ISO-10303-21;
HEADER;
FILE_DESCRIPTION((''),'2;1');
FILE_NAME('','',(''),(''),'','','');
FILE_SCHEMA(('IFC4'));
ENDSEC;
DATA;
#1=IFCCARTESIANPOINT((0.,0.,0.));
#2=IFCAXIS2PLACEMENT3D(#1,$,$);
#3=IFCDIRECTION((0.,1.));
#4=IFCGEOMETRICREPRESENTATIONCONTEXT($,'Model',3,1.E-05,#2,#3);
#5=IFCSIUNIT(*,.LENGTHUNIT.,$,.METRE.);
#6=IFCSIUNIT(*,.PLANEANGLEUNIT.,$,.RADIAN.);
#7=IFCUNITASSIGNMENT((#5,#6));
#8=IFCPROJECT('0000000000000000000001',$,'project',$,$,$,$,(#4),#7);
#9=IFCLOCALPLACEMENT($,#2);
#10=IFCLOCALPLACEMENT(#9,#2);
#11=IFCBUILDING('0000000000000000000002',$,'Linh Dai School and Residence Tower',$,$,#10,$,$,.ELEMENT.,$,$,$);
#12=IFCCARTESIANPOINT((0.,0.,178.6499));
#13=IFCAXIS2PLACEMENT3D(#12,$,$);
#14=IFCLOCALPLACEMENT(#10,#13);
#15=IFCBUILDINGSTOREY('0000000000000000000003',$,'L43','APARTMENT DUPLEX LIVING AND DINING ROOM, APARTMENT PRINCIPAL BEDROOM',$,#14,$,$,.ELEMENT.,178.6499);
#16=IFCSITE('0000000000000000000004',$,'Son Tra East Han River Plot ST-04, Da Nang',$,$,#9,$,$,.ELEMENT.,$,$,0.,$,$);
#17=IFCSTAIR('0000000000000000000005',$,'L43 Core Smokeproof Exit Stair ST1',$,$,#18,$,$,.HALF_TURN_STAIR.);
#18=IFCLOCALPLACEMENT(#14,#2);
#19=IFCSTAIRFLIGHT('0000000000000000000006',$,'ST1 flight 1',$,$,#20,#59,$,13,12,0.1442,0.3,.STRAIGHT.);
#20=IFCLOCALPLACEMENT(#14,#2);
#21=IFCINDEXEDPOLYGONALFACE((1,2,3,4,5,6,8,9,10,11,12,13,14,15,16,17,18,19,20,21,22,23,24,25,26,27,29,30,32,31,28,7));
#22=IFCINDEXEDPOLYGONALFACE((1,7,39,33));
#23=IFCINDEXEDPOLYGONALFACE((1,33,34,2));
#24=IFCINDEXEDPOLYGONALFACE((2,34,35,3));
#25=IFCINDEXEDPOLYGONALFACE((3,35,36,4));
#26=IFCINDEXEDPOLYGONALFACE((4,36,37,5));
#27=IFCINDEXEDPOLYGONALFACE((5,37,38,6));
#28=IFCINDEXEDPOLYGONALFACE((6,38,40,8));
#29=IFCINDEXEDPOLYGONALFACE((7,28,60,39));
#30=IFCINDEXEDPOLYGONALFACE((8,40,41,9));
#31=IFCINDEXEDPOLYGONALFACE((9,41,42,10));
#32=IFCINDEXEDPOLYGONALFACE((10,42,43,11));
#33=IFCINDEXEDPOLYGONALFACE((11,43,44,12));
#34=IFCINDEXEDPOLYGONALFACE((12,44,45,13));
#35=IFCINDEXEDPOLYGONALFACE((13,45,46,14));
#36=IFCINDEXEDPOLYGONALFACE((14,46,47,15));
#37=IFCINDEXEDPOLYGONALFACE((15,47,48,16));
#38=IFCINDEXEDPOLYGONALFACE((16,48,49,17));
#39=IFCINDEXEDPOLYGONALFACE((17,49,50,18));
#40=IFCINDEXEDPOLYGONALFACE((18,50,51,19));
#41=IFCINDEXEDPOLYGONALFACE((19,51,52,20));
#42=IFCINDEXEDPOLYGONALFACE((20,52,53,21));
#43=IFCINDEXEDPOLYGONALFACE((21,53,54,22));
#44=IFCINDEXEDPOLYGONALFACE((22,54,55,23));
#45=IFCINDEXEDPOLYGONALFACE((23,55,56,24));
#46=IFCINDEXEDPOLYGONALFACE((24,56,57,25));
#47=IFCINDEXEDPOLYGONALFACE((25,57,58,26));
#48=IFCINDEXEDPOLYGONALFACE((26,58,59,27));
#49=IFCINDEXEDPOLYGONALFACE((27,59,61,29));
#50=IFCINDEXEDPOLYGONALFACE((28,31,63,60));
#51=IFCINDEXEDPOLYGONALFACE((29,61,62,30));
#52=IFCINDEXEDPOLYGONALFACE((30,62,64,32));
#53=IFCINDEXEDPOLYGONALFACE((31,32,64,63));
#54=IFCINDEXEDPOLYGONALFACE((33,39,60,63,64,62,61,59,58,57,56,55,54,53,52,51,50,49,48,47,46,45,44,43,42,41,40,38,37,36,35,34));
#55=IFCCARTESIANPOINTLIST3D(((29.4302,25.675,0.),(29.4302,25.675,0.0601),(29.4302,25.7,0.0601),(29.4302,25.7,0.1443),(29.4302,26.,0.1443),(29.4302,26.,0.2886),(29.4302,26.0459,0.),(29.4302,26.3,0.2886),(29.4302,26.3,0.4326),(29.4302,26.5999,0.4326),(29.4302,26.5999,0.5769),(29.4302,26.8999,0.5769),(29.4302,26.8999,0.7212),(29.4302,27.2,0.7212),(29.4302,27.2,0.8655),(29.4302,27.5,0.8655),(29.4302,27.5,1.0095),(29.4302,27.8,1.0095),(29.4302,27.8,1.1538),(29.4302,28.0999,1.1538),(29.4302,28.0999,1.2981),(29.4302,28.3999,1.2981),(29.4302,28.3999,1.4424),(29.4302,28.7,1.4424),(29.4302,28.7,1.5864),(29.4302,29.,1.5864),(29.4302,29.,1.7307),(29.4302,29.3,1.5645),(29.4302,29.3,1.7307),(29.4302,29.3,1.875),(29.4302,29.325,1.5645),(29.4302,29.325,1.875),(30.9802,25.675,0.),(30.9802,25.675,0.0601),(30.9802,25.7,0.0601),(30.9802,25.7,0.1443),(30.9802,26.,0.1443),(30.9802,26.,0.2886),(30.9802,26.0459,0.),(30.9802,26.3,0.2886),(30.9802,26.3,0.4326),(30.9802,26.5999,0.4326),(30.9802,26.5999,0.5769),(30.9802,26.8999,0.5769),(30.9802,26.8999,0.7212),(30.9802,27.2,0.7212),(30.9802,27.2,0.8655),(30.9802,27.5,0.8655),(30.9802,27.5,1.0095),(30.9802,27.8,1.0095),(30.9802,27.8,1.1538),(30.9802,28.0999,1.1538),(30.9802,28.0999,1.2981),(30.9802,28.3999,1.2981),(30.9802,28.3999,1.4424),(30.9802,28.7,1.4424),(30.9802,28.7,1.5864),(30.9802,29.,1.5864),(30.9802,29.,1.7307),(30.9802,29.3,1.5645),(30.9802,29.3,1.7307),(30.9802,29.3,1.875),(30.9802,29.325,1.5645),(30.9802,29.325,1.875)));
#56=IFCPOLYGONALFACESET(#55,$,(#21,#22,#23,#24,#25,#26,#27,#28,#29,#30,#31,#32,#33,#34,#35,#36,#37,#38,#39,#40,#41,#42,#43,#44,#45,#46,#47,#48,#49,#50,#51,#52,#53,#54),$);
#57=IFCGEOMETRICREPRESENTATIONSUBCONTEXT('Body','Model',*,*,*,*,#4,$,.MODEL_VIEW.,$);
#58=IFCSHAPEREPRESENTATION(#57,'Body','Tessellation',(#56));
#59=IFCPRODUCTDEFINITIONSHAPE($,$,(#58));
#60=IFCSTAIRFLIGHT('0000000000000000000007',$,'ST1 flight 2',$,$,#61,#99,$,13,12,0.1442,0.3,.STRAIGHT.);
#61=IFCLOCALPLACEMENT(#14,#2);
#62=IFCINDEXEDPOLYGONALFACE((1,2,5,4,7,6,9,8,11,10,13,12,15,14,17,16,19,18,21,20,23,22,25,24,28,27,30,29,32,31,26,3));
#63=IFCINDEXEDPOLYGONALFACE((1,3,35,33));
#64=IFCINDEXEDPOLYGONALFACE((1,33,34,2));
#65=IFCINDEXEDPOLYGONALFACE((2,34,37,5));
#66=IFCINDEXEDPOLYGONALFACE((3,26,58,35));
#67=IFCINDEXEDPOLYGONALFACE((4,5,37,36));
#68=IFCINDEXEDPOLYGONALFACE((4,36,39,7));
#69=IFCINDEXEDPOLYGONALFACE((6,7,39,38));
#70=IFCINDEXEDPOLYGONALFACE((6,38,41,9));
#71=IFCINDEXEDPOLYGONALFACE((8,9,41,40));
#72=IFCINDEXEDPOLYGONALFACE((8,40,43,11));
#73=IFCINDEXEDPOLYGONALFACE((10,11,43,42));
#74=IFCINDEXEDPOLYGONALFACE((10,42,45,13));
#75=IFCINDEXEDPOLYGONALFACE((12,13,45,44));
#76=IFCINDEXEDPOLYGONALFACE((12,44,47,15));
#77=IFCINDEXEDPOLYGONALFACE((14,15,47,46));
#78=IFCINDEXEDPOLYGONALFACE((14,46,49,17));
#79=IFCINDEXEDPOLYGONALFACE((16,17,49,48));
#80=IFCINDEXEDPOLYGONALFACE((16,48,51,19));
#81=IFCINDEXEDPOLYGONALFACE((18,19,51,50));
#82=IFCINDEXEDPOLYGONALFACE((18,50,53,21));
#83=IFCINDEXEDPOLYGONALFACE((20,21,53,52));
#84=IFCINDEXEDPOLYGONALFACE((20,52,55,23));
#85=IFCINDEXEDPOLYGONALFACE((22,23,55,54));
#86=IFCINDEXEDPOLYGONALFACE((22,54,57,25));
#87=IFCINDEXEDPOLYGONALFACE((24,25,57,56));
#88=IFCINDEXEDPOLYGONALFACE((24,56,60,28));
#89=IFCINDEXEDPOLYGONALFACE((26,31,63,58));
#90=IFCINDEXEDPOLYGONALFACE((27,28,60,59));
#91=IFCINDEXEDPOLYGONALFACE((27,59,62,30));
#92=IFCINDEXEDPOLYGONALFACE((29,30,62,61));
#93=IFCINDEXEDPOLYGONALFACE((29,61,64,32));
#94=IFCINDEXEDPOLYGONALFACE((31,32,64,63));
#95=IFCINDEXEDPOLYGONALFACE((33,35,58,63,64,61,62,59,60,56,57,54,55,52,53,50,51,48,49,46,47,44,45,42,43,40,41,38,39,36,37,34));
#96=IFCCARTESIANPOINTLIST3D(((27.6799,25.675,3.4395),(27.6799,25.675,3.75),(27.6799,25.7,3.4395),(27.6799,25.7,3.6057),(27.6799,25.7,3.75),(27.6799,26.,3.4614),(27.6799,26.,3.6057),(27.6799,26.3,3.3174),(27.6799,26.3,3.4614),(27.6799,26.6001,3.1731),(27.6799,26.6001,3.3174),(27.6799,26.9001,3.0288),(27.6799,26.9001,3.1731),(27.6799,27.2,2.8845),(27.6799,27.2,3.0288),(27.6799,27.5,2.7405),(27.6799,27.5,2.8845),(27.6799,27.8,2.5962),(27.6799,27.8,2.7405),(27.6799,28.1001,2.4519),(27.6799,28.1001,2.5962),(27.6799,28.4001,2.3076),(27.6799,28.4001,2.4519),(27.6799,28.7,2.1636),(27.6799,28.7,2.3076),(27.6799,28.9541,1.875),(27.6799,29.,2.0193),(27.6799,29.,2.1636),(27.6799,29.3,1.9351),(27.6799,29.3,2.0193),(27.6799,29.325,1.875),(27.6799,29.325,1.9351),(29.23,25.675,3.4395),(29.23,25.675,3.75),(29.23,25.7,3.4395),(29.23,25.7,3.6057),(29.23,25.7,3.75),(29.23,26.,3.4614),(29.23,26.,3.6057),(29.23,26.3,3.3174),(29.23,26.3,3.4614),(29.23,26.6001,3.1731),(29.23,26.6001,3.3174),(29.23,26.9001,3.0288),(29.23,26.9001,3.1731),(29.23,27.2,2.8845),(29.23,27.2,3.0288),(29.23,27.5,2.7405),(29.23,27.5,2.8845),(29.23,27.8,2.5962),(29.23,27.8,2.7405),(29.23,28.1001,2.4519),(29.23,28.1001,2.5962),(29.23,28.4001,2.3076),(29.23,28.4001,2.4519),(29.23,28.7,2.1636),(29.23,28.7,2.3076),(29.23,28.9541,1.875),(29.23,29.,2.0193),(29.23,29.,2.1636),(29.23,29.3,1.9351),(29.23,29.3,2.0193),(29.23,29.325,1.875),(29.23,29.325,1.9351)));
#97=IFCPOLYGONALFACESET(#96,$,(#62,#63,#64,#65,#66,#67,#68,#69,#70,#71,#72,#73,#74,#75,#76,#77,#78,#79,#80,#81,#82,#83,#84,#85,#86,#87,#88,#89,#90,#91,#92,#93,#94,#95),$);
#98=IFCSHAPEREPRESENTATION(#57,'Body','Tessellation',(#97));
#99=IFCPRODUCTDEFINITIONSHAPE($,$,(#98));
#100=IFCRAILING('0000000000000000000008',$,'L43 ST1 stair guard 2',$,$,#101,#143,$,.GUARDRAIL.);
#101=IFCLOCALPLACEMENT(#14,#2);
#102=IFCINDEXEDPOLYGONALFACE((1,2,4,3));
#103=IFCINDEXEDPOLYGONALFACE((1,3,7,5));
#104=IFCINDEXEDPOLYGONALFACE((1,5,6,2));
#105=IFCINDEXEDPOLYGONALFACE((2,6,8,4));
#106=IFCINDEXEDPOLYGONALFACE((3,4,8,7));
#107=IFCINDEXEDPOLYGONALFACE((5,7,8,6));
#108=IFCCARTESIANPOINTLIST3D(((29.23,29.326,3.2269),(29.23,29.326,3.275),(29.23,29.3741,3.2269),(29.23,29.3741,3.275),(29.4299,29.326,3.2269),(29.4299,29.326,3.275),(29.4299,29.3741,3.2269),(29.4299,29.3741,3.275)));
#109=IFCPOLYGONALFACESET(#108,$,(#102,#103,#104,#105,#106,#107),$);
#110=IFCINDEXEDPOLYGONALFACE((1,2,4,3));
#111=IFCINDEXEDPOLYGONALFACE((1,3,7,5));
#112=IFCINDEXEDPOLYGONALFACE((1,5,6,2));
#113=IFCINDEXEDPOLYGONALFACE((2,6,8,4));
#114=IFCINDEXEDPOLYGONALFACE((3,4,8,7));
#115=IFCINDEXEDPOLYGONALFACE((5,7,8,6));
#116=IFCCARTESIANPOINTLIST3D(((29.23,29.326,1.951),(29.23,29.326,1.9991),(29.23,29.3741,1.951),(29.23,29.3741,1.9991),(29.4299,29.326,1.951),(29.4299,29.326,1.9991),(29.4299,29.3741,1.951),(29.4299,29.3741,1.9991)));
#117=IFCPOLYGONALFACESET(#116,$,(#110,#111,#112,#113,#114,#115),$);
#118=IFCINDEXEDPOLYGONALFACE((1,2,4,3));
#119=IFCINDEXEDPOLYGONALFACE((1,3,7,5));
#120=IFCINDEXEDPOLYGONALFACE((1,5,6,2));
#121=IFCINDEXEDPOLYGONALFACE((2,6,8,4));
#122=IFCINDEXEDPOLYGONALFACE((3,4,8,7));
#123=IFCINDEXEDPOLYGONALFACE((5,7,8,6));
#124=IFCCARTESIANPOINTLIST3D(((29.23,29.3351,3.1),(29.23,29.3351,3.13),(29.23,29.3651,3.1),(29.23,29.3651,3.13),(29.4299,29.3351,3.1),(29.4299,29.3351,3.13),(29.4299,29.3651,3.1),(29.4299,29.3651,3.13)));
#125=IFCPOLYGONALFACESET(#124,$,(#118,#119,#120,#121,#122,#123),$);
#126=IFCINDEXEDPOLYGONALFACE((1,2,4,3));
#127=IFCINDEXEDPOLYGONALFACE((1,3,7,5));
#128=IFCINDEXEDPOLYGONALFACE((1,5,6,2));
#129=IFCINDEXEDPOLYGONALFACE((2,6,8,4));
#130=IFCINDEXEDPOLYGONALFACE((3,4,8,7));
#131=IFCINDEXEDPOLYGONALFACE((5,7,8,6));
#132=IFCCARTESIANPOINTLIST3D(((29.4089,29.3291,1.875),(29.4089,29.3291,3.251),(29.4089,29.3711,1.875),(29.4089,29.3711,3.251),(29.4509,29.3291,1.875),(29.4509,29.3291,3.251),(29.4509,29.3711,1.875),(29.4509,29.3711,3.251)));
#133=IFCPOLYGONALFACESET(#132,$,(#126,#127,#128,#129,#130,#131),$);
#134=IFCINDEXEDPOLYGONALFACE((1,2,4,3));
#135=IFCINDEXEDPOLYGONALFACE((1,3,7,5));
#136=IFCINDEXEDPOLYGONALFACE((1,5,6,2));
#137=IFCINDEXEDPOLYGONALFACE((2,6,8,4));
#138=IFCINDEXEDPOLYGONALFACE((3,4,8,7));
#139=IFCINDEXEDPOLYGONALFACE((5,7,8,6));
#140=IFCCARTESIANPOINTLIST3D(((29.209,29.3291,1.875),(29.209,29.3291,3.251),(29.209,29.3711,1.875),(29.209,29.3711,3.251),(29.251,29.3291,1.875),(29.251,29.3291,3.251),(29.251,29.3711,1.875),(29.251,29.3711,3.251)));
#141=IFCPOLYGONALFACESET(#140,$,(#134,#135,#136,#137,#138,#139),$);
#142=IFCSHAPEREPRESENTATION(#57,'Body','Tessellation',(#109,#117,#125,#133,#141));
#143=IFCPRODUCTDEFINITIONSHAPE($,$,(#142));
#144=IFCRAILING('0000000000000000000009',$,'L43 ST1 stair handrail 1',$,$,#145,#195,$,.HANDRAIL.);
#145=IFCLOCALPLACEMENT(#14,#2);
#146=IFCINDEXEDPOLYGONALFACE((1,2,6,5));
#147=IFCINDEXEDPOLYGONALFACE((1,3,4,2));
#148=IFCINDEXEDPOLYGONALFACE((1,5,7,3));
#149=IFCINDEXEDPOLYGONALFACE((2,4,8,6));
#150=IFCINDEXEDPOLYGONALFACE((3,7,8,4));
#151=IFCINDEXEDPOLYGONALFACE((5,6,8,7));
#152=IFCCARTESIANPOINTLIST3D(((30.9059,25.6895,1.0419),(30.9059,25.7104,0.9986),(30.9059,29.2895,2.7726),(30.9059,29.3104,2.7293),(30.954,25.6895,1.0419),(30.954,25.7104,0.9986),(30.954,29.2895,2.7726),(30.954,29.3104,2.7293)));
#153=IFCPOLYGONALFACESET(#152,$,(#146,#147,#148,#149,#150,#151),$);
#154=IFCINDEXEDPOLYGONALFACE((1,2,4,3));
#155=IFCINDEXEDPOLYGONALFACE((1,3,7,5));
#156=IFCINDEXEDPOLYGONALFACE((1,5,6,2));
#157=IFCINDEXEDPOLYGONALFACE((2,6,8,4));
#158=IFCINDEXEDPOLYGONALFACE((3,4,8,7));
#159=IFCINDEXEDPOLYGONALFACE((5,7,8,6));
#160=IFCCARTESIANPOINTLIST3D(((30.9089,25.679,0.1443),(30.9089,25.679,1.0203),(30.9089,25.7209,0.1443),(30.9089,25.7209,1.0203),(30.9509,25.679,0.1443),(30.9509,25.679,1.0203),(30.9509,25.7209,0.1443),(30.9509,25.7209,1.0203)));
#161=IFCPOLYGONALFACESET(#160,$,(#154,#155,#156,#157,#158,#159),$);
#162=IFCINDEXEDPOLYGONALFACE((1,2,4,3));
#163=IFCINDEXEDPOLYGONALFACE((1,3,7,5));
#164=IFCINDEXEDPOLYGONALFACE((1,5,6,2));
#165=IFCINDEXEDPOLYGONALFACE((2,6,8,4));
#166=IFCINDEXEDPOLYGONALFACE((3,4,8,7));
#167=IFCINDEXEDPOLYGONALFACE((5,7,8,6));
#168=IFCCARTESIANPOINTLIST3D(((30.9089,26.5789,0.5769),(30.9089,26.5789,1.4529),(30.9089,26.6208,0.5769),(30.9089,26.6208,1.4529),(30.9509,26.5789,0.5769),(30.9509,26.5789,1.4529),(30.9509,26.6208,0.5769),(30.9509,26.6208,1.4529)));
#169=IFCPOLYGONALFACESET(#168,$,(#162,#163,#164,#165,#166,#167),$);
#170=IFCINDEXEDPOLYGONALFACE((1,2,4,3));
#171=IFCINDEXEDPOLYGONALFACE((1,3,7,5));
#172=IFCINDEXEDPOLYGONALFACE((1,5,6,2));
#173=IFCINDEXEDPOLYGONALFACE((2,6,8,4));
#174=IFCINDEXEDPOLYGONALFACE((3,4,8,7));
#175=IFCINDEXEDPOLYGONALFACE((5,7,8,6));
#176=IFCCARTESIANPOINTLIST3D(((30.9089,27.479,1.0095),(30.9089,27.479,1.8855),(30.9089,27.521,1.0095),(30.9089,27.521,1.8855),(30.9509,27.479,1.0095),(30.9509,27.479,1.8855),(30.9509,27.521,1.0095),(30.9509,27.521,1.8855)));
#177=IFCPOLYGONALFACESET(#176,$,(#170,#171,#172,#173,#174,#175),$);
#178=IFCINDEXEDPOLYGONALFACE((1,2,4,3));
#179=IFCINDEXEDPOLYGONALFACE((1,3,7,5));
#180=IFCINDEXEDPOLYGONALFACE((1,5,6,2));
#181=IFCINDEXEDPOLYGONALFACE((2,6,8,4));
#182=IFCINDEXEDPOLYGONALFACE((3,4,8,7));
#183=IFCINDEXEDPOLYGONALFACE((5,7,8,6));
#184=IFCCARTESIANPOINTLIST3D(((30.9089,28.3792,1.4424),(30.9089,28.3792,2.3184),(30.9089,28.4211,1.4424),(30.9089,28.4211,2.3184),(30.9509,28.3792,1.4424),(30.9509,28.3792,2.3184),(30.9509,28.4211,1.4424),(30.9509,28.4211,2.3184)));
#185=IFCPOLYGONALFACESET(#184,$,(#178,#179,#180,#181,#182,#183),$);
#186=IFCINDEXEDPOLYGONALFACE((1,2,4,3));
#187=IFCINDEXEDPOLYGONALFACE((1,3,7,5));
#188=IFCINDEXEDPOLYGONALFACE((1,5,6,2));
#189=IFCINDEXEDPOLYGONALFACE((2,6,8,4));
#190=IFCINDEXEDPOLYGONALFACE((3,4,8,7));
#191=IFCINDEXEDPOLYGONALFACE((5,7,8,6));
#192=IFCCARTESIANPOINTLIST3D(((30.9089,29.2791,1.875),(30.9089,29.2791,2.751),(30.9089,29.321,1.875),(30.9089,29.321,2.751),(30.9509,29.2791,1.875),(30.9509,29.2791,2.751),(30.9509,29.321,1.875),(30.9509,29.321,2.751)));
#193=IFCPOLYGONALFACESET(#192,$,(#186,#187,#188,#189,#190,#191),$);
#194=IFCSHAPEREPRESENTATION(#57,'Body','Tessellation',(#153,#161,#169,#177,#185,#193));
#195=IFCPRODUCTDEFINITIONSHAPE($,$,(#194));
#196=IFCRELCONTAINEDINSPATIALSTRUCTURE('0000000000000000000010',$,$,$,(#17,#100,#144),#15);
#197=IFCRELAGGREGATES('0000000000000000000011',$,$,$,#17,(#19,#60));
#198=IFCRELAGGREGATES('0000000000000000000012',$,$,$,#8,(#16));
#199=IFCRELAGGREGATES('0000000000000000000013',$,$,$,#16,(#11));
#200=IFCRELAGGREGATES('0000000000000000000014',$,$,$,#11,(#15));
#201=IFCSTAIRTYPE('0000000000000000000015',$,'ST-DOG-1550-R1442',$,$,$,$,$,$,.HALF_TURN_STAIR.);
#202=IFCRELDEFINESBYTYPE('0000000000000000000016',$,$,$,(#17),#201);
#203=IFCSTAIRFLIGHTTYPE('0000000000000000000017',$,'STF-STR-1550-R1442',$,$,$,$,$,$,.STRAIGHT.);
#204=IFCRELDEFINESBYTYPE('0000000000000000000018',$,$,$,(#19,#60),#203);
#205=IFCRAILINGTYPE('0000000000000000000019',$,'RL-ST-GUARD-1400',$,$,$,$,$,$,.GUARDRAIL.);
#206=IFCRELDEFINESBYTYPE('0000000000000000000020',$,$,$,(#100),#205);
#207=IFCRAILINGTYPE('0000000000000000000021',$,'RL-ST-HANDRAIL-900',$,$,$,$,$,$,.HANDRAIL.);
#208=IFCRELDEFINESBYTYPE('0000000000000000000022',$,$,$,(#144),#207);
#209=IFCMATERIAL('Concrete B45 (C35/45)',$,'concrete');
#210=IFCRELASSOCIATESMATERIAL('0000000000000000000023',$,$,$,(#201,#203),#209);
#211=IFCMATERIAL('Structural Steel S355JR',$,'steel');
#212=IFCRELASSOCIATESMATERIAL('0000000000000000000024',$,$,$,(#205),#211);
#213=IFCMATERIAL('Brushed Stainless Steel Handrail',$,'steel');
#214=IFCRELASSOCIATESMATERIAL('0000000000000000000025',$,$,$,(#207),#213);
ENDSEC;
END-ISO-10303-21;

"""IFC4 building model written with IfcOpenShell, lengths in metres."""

from ifc_helpers import new_model, si_unit, direction, frame, origin, origin_2d, place, context, subcontext, project, spatial, polyline, rectangle, outline, extrude, source, transform, mapped, material, type_object, element, aggregate, save


model = new_model("IFC4")

# Units and contexts
model_context = context("Model", 3, precision=1e-05, world=origin(), true_north=direction((0.0, 1.0)))
body_context = subcontext(model_context, "Body", "Model", "MODEL_VIEW")
ifc_project = project(units=[si_unit("LENGTHUNIT", "METRE"), si_unit("PLANEANGLEUNIT", "RADIAN")], contexts=[model_context])

# Site, building, storey
site_placement = place(None, origin())
site = spatial("IfcSite", under=ifc_project, at=site_placement, Name="Son Tra East Han River Plot ST-04, Da Nang", CompositionType="ELEMENT", RefElevation=0.0)
building_placement = place(site_placement, origin())
building = spatial("IfcBuilding", under=site, at=building_placement, Name="Linh Dai School and Residence Tower", CompositionType="ELEMENT")
storey_placement = place(building_placement, frame((0.0, 0.0, 178.6499)))
storey = spatial("IfcBuildingStorey", under=building, at=storey_placement, Name="L43", Description="APARTMENT DUPLEX LIVING AND DINING ROOM, APARTMENT PRINCIPAL BEDROOM", CompositionType="ELEMENT", Elevation=178.6499)

# Shared definitions
ifc_material_1 = material(Name="Concrete B45 (C35/45)", Category="concrete")

# Stair, stair flights
stair_type = type_object("IfcStairType", Name="ST-DOG-1550-R1442", PredefinedType="HALF_TURN_STAIR", material=ifc_material_1)
stair_placement = place(storey_placement, origin())
stair = element("IfcStair", 1, at=stair_placement, inside=storey, type_object=stair_type, Name="L43 Core Smokeproof Exit Stair ST1", PredefinedType="HALF_TURN_STAIR")
stair_flight_type = type_object("IfcStairFlightType", Name="STF-STR-1550-R1442", PredefinedType="STRAIGHT", material=ifc_material_1)
shared_shape_1 = source(origin(), body_context, "Body", "SweptSolid", [
    extrude(outline(polyline([(-0.0249, 0.0), (-0.0249, 0.0601), (0.0, 0.0601), (0.0, 0.1443), (0.3, 0.1443), (0.3, 0.2886), (0.6001, 0.2886), (0.6001, 0.4326), (0.8999, 0.4326), (0.8999, 0.5769), (1.2, 0.5769), (1.2, 0.7212), (1.5, 0.7212), (1.5, 0.8655), (1.8, 0.8655), (1.8, 1.0095), (2.1001, 1.0095), (2.1001, 1.1538), (2.3999, 1.1538), (2.3999, 1.2981), (2.7, 1.2981), (2.7, 1.4424), (3.0, 1.4424), (3.0, 1.5864), (3.3, 1.5864), (3.3, 1.7307), (3.6001, 1.7307), (3.6001, 1.875), (3.625, 1.875), (3.625, 1.5645), (3.6001, 1.5645), (0.3459, 0.0), (-0.0249, 0.0)])), frame((0.0, 0.7749, 0.0), z_axis=(0.0, -1.0, 0.0), x_axis=(1.0, 0.0, 0.0)), (0.0, 0.0, 1.0), 1.55),
])
stair_flight_1_placement = place(storey_placement, frame((30.2051, 25.7, 0.0), z_axis=(0.0, 0.0, 1.0), x_axis=(0.0, 1.0, 0.0)))
stair_flight_1 = element("IfcStairFlight", 2, at=stair_flight_1_placement, type_object=stair_flight_type, Name="ST1 flight 1", NumberOfRisers=13, NumberOfTreads=12, PredefinedType="STRAIGHT", RiserHeight=0.1442, TreadLength=0.3, context=body_context, shape_type="MappedRepresentation", body=[
    mapped(shared_shape_1, transform((0.0, 0.0, 0.0), x_axis=(1.0, 0.0, 0.0), y_axis=(0.0, 1.0, 0.0), z_axis=(0.0, 0.0, 1.0), scale=1.0)),
])
stair_flight_2_placement = place(storey_placement, frame((28.4551, 29.3, 1.875), z_axis=(0.0, 0.0, 1.0), x_axis=(0.0, -1.0, 0.0)))
stair_flight_2 = element("IfcStairFlight", 3, at=stair_flight_2_placement, type_object=stair_flight_type, Name="ST1 flight 2", NumberOfRisers=13, NumberOfTreads=12, PredefinedType="STRAIGHT", RiserHeight=0.1442, TreadLength=0.3, context=body_context, shape_type="MappedRepresentation", body=[
    mapped(shared_shape_1, transform((0.0, 0.0, 0.0), x_axis=(1.0, 0.0, 0.0), y_axis=(0.0, 1.0, 0.0), z_axis=(0.0, 0.0, 1.0), scale=1.0)),
])
aggregate(stair, [stair_flight_1, stair_flight_2])

# Railings
ifc_material_2 = material(Name="Structural Steel S355JR", Category="steel")
railing_type_1 = type_object("IfcRailingType", Name="RL-ST-GUARD-1400", PredefinedType="GUARDRAIL", material=ifc_material_2)
shared_shape_2 = source(origin(), body_context, "Body", "SweptSolid", [
    extrude(rectangle(XDim=0.0481, YDim=0.0481, at=origin_2d()), frame((0.0, 0.0, 1.376), z_axis=(-1.0, 0.0, 0.0), x_axis=(0.0, -1.0, 0.0)), (0.0, 0.0, 1.0), 0.2),
    extrude(rectangle(XDim=0.0481, YDim=0.0481, at=origin_2d()), frame((0.0, 0.0, 0.1001), z_axis=(-1.0, 0.0, 0.0), x_axis=(0.0, -1.0, 0.0)), (0.0, 0.0, 1.0), 0.2),
    extrude(rectangle(XDim=0.03, YDim=0.03, at=origin_2d()), frame((0.0, 0.0, 1.24), z_axis=(-1.0, 0.0, 0.0), x_axis=(0.0, -1.0, 0.0)), (0.0, 0.0, 1.0), 0.2),
    extrude(rectangle(XDim=0.042, YDim=0.042, at=origin_2d()), origin(), (0.0, 0.0, 1.0), 1.376),
    extrude(rectangle(XDim=0.042, YDim=0.042, at=origin_2d()), frame((-0.2, 0.0, 0.0)), (0.0, 0.0, 1.0), 1.376),
])
railing_1_placement = place(storey_placement, frame((29.4299, 29.3501, 1.875)))
element("IfcRailing", 4, at=railing_1_placement, inside=storey, type_object=railing_type_1, Name="L43 ST1 stair guard 2", PredefinedType="GUARDRAIL", context=body_context, shape_type="MappedRepresentation", body=[
    mapped(shared_shape_2, transform((0.0, 0.0, 0.0), x_axis=(1.0, 0.0, 0.0), y_axis=(0.0, 1.0, 0.0), z_axis=(0.0, 0.0, 1.0), scale=1.0)),
])
ifc_material_3 = material(Name="Brushed Stainless Steel Handrail", Category="steel")
railing_type_2 = type_object("IfcRailingType", Name="RL-ST-HANDRAIL-900", PredefinedType="HANDRAIL", material=ifc_material_3)
shared_shape_3 = source(origin(), body_context, "Body", "SweptSolid", [
    extrude(rectangle(XDim=0.0481, YDim=0.0481, at=origin_2d()), frame((0.0, 0.0, 0.876), z_axis=(0.0, 0.901263, 0.433273), x_axis=(-1.0, 0.0, 0.0)), (0.0, 0.0, 1.0), 3.9944),
    extrude(rectangle(XDim=0.042, YDim=0.042, at=origin_2d()), origin(), (0.0, 0.0, 1.0), 0.876),
    extrude(rectangle(XDim=0.042, YDim=0.042, at=origin_2d()), frame((0.0, 0.8999, 0.4326)), (0.0, 0.0, 1.0), 0.876),
    extrude(rectangle(XDim=0.042, YDim=0.042, at=origin_2d()), frame((0.0, 1.8, 0.8652)), (0.0, 0.0, 1.0), 0.876),
    extrude(rectangle(XDim=0.042, YDim=0.042, at=origin_2d()), frame((0.0, 2.7002, 1.2981)), (0.0, 0.0, 1.0), 0.876),
    extrude(rectangle(XDim=0.042, YDim=0.042, at=origin_2d()), frame((0.0, 3.6001, 1.7307)), (0.0, 0.0, 1.0), 0.876),
])
railing_2_placement = place(storey_placement, frame((30.9299, 25.7, 0.1443)))
element("IfcRailing", 5, at=railing_2_placement, inside=storey, type_object=railing_type_2, Name="L43 ST1 stair handrail 1", PredefinedType="HANDRAIL", context=body_context, shape_type="MappedRepresentation", body=[
    mapped(shared_shape_3, transform((0.0, 0.0, 0.0), x_axis=(1.0, 0.0, 0.0), y_axis=(0.0, 1.0, 0.0), z_axis=(0.0, 0.0, 1.0), scale=1.0)),
])

save(model, "model.ifc")
